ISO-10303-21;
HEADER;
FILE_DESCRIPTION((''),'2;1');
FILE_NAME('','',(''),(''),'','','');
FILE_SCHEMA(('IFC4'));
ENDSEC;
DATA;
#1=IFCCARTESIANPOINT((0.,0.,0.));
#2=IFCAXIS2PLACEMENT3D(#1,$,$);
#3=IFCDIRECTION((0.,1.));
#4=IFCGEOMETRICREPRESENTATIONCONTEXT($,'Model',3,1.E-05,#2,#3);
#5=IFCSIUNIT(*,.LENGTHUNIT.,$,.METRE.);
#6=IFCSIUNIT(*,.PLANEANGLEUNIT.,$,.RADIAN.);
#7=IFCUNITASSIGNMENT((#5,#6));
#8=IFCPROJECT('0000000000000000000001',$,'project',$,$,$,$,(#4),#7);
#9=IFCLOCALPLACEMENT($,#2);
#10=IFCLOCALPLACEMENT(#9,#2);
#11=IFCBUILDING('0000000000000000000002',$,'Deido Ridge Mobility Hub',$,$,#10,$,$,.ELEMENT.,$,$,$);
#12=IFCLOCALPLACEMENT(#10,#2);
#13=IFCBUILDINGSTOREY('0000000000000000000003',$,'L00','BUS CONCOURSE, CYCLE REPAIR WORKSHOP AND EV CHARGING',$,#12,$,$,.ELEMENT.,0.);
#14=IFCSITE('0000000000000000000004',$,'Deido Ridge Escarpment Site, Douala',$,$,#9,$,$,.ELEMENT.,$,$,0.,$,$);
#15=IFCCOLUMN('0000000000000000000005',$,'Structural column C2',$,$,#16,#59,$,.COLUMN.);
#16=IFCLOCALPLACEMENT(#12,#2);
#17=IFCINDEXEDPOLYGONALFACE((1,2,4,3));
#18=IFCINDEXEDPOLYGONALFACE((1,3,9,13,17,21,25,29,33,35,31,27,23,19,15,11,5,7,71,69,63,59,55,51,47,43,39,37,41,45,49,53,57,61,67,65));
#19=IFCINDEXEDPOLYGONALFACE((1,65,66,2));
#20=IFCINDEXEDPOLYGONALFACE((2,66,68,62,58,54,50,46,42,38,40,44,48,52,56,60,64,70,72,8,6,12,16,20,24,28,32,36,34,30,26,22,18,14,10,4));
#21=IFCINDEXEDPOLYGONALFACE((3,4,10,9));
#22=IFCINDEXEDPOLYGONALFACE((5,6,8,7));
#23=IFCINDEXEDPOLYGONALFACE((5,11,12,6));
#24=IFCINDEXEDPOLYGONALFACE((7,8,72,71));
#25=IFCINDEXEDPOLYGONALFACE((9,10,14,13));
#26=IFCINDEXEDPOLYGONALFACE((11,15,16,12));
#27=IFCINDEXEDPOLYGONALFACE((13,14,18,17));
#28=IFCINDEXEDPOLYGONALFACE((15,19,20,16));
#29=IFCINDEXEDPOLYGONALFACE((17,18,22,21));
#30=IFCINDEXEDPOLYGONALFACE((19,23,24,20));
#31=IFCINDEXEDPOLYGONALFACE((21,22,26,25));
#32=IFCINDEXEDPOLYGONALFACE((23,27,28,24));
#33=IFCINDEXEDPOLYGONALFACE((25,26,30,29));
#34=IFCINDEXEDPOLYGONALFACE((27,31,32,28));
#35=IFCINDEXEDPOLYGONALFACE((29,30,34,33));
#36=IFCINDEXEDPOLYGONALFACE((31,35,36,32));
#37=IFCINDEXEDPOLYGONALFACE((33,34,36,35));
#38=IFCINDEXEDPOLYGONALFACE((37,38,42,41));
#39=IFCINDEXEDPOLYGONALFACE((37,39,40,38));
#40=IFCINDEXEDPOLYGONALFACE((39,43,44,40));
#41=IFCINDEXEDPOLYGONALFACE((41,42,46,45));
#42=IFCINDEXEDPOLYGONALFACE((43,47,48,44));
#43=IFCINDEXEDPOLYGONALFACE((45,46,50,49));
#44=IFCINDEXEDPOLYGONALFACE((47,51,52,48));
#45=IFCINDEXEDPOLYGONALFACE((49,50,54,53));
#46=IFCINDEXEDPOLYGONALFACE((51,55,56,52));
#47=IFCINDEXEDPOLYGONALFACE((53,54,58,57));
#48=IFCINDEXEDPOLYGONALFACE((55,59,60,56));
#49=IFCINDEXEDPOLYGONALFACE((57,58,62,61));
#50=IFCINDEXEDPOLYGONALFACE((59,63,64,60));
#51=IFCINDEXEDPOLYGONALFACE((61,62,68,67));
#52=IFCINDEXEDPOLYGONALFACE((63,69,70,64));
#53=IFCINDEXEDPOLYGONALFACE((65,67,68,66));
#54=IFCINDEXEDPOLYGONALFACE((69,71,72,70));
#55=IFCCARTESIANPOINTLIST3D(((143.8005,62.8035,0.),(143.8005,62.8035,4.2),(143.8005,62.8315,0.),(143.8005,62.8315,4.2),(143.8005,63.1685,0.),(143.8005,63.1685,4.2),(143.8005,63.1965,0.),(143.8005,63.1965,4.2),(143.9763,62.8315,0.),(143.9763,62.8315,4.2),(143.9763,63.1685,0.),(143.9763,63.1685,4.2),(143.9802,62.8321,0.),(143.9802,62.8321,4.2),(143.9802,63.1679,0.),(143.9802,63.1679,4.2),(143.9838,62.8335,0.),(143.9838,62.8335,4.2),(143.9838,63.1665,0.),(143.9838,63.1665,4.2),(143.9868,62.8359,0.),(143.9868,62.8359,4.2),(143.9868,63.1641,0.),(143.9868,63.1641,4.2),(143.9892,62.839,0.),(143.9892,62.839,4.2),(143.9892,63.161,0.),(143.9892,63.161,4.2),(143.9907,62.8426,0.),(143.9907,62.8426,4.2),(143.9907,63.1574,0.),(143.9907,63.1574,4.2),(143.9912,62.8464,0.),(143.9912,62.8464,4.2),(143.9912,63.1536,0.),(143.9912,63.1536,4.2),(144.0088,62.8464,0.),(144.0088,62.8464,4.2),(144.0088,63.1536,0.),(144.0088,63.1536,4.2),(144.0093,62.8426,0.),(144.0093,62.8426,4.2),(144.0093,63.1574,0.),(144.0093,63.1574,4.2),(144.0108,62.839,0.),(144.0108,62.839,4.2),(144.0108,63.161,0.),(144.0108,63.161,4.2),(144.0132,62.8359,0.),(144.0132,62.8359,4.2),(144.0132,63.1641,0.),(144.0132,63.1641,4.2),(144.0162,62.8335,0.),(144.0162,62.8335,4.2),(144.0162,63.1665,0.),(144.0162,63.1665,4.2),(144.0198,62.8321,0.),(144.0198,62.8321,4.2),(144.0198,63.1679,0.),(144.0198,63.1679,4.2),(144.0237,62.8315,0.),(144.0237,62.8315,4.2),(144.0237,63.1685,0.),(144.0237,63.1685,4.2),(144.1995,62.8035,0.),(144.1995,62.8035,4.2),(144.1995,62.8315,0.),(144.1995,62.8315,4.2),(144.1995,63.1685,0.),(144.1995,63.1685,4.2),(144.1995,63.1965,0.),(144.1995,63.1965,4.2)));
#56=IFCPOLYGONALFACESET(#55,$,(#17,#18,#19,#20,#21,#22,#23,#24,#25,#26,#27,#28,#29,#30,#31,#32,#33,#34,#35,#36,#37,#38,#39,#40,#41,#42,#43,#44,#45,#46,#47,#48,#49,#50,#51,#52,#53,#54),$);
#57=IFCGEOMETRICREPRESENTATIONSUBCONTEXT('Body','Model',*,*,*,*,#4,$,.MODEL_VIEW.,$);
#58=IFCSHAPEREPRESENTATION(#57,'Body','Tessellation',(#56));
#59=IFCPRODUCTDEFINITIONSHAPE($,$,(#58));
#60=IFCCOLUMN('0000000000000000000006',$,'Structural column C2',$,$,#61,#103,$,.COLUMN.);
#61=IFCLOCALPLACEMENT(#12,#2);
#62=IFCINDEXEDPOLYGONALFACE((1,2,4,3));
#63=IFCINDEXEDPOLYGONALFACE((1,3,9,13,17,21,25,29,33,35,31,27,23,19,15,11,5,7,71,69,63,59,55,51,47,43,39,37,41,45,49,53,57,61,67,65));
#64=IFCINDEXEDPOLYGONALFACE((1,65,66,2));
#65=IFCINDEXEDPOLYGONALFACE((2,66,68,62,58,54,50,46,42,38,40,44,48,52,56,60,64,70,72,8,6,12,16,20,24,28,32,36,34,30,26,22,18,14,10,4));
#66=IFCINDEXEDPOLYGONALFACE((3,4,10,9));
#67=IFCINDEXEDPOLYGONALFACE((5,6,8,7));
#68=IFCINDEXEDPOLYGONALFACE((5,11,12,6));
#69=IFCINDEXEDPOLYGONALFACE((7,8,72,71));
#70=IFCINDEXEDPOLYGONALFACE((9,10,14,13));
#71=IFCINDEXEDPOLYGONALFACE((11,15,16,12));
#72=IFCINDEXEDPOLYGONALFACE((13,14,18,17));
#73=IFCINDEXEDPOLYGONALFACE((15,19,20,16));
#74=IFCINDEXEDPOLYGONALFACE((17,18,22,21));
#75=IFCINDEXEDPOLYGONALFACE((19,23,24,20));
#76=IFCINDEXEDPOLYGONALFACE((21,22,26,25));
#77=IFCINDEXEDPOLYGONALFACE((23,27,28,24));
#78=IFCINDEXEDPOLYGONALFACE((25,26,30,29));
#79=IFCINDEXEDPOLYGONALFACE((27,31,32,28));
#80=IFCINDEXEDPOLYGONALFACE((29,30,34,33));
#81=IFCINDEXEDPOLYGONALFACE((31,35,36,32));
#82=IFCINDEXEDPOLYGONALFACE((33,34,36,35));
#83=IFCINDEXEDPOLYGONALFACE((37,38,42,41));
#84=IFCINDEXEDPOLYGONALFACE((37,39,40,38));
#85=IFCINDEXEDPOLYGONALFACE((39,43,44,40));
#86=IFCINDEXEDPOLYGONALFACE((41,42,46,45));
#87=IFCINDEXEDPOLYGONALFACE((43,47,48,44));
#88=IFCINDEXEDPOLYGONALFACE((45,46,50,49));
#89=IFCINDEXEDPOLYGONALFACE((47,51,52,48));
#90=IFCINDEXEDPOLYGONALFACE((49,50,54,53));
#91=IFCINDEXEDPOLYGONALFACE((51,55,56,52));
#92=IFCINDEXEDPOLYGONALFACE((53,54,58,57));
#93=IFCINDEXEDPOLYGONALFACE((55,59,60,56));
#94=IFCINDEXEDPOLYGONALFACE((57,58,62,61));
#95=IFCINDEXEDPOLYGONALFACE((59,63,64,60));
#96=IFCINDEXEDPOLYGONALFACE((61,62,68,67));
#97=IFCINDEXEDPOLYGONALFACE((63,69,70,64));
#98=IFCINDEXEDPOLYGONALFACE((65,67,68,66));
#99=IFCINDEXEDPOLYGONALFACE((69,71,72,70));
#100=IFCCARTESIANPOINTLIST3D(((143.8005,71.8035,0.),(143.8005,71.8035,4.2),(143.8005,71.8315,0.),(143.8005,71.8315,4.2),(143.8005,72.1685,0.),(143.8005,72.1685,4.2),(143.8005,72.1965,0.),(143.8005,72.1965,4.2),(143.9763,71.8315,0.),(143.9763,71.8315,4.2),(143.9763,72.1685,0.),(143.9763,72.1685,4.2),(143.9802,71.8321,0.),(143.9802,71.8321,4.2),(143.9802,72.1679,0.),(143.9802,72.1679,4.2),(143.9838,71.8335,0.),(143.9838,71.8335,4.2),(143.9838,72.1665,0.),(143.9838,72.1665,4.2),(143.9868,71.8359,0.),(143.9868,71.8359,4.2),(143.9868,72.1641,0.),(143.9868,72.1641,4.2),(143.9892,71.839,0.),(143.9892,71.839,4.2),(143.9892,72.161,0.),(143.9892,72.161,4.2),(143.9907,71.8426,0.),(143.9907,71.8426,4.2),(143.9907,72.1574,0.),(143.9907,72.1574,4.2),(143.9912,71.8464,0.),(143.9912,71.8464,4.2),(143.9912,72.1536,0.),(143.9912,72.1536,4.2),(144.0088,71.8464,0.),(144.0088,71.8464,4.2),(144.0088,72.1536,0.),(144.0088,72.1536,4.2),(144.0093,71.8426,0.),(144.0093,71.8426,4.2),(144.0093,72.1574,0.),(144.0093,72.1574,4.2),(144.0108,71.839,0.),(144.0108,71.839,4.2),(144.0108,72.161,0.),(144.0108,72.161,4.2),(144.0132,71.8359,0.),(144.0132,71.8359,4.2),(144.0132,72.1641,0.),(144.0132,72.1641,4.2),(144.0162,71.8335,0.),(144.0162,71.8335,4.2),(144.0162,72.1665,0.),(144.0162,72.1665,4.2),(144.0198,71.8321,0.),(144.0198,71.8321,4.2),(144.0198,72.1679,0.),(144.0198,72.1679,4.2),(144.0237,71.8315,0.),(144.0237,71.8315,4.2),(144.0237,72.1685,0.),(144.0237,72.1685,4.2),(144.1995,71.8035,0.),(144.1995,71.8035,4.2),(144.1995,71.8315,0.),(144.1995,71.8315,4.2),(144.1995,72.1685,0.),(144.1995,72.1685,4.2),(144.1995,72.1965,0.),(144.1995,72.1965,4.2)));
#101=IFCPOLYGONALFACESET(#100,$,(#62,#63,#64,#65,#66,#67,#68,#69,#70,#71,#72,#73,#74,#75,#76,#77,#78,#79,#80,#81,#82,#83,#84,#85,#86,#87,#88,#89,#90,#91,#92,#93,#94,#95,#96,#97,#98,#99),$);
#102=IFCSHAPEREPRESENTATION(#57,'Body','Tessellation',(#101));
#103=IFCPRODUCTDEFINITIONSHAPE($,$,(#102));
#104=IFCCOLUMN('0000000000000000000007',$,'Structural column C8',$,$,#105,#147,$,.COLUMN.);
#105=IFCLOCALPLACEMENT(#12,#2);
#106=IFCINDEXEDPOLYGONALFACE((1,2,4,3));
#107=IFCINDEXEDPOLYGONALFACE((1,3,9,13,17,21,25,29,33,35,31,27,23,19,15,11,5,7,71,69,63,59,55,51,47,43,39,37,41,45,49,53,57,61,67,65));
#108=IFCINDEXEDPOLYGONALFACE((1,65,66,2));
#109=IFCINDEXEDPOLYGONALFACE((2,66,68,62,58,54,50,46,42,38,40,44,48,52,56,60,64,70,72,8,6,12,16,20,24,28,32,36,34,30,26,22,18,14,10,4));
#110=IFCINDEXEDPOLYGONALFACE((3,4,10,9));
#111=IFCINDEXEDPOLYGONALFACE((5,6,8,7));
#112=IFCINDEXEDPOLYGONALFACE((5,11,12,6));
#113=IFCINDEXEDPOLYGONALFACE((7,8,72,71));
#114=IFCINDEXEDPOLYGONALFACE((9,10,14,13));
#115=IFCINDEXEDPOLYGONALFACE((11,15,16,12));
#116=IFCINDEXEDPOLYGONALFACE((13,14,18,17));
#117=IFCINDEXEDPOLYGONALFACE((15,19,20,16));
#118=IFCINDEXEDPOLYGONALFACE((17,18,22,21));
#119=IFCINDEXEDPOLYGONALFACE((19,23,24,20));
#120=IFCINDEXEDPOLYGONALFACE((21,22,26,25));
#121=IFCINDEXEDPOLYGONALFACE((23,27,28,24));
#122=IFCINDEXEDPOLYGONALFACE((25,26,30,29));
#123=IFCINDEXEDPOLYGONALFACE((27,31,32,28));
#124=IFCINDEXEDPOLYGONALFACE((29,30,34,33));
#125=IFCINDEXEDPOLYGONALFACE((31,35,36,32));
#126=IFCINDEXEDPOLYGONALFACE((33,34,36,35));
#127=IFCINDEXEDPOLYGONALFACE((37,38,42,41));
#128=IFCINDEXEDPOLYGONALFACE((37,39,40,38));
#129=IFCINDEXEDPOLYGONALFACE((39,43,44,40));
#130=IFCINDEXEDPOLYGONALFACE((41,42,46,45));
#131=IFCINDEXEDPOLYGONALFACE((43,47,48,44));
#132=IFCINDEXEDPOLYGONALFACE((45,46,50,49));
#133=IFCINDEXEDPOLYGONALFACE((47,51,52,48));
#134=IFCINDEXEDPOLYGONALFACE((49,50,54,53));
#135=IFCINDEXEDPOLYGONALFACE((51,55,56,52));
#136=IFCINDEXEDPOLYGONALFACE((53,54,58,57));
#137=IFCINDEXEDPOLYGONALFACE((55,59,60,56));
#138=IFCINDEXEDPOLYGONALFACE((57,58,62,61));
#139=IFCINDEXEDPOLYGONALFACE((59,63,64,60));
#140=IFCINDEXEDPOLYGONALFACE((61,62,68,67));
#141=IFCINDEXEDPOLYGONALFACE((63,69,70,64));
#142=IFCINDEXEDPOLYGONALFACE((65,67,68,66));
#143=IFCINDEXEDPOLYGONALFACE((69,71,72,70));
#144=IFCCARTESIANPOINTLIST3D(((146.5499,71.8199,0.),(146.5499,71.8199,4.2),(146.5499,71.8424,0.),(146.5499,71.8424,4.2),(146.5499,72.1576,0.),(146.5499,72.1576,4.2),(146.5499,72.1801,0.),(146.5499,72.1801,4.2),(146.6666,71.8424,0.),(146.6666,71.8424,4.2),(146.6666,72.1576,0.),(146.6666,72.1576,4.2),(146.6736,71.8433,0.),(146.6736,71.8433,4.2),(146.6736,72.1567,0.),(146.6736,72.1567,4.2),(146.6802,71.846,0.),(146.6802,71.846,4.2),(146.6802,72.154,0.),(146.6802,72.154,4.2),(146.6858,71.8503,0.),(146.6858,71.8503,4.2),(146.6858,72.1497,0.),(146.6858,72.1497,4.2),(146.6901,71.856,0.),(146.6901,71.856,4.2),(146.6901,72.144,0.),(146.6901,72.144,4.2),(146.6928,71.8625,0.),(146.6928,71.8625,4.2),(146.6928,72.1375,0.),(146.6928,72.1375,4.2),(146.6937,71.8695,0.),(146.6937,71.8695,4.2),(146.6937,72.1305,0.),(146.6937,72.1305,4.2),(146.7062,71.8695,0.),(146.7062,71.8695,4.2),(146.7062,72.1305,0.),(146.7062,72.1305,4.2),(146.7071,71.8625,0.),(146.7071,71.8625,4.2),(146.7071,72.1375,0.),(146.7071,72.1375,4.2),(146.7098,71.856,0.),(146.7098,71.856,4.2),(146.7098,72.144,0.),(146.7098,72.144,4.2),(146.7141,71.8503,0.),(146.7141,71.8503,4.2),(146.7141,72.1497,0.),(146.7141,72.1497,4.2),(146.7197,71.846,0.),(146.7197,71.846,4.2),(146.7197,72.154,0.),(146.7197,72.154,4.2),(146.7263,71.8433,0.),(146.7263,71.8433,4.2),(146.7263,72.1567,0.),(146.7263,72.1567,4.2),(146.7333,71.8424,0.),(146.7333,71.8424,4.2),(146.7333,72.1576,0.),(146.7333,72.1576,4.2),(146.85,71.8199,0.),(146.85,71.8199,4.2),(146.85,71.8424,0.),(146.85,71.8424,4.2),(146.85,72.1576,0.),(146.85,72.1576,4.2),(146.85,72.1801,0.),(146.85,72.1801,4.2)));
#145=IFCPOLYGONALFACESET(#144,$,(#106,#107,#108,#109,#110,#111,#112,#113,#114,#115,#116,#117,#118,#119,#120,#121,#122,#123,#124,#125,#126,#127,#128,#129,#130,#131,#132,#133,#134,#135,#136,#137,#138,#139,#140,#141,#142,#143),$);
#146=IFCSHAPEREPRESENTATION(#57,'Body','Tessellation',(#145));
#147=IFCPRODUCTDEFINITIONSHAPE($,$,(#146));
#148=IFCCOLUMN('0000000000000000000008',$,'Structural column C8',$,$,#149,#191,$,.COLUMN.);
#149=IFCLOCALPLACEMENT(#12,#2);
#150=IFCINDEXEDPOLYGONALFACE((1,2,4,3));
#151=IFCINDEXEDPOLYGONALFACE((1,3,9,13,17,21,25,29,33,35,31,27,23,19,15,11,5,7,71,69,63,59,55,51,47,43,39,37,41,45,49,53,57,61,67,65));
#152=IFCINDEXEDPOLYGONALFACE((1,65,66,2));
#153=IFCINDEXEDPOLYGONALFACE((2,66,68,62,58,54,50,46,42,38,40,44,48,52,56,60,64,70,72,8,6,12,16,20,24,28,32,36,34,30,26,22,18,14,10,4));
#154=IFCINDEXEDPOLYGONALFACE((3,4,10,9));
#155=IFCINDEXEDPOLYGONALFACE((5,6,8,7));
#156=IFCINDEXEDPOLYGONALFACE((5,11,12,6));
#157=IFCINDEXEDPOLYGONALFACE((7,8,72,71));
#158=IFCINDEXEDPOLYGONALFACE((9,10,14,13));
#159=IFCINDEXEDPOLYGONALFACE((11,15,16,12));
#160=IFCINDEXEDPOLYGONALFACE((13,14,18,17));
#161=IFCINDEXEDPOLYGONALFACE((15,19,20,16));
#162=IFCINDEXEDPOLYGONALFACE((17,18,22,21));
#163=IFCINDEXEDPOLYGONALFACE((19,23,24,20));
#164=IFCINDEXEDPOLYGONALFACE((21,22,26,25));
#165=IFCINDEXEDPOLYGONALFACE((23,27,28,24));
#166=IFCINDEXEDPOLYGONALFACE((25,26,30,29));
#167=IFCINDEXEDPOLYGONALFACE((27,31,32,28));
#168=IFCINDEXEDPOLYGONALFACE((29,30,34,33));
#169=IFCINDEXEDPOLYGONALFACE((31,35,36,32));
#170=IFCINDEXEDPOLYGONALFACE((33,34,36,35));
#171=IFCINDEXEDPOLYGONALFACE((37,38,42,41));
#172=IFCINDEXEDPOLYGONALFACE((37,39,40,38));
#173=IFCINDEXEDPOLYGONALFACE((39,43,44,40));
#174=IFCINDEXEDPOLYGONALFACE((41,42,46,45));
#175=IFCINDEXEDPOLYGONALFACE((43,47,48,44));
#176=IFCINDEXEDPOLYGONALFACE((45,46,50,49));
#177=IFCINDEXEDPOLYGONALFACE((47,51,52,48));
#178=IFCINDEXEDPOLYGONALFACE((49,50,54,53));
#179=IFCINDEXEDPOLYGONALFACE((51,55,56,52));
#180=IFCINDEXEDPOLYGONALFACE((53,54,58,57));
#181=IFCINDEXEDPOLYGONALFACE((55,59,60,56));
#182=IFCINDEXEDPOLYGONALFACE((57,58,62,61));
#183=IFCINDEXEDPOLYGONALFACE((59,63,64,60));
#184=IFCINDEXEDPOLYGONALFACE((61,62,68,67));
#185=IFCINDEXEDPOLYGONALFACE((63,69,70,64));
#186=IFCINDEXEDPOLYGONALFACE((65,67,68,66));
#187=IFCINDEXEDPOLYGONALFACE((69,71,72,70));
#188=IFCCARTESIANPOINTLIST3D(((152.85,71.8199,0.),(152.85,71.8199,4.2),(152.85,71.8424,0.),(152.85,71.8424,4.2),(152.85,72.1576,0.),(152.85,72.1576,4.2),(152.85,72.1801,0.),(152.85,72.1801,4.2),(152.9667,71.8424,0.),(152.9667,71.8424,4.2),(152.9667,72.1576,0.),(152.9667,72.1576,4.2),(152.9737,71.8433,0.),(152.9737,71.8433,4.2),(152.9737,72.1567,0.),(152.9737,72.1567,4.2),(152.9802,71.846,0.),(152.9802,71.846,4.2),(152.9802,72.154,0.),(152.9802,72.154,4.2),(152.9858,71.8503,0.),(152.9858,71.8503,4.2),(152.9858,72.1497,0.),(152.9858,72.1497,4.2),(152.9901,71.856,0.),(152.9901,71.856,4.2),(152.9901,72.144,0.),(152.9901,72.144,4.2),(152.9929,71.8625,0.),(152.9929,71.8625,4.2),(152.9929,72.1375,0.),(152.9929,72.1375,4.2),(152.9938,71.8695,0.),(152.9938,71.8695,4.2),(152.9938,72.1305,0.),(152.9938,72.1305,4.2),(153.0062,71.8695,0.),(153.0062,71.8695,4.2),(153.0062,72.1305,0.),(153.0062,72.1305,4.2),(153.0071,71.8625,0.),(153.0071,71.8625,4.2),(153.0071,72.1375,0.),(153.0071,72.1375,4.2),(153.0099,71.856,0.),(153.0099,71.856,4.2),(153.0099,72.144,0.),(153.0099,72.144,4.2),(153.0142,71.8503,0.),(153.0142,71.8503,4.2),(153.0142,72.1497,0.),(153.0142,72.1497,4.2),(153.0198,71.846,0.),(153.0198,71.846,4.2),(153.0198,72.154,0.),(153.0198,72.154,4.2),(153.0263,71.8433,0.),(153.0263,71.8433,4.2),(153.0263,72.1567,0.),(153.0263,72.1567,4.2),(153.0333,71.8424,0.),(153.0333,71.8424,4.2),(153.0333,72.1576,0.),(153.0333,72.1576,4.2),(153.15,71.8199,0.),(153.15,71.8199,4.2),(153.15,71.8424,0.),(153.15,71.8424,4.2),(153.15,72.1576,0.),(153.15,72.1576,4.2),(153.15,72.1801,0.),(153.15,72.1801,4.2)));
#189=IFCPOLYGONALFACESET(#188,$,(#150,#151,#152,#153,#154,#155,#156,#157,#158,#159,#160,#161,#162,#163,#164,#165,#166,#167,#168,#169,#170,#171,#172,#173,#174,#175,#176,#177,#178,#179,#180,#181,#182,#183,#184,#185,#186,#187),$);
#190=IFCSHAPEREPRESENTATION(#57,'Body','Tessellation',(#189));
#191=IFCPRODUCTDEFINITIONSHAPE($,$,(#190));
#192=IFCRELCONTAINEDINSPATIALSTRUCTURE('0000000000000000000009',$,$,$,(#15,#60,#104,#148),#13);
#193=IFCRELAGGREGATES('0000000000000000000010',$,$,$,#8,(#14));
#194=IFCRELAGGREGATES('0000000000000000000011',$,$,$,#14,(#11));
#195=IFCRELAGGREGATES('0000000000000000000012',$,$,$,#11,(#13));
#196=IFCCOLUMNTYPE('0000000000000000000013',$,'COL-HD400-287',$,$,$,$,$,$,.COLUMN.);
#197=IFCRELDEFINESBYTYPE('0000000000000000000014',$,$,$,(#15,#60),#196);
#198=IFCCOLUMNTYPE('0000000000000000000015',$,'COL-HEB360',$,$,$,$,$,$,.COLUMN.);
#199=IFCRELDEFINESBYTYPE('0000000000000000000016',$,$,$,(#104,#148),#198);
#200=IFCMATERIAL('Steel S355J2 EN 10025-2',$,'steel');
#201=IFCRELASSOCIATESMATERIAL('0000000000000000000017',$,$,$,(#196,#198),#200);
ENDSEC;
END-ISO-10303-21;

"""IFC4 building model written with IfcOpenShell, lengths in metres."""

from ifc_helpers import new_model, si_unit, direction, frame, origin, origin_2d, place, context, subcontext, project, spatial, i_section, extrude, material, material_profile, profile_set, type_object, element, save


model = new_model("IFC4")

# Units and contexts
model_context = context("Model", 3, precision=1e-05, world=origin(), true_north=direction((0.0, 1.0)))
body_context = subcontext(model_context, "Body", "Model", "MODEL_VIEW")
ifc_project = project(units=[si_unit("LENGTHUNIT", "METRE"), si_unit("PLANEANGLEUNIT", "RADIAN")], contexts=[model_context])

# Site, building, storey
site_placement = place(None, origin())
site = spatial("IfcSite", under=ifc_project, at=site_placement, Name="Deido Ridge Escarpment Site, Douala", CompositionType="ELEMENT", RefElevation=0.0)
building_placement = place(site_placement, origin())
building = spatial("IfcBuilding", under=site, at=building_placement, Name="Deido Ridge Mobility Hub", CompositionType="ELEMENT")
storey_placement = place(building_placement, origin())
storey = spatial("IfcBuildingStorey", under=building, at=storey_placement, Name="L00", Description="BUS CONCOURSE, CYCLE REPAIR WORKSHOP AND EV CHARGING", CompositionType="ELEMENT", Elevation=0.0)

# Columns
ifc_material_1 = material(Name="Steel S355J2 EN 10025-2", Category="steel")
ifc_material_profile_1 = material_profile(ifc_material_1, i_section(OverallWidth=0.3989, OverallDepth=0.3931, WebThickness=0.0176, FlangeThickness=0.0281, FilletRadius=0.0149, at=origin_2d()), Name="HD 400x287")
ifc_profile_set_1 = profile_set([ifc_material_profile_1], Name="Steel S355J2 EN 10025-2")
column_type_1 = type_object("IfcColumnType", Name="COL-HD400-287", PredefinedType="COLUMN", material=ifc_profile_set_1)
for number, where, z_axis, x_axis, name in (
    (1, (144.0, 63.0, 0.0), (0.0, 0.0, 1.0), (1.0, 0.0, 0.0), "Structural column C2"),
    (2, (144.0, 72.0, 0.0), (0.0, 0.0, 1.0), (1.0, 0.0, 0.0), "Structural column C2"),
):
    element("IfcColumn", number, at=place(storey_placement, frame(where, z_axis=z_axis, x_axis=x_axis)), inside=storey, type_object=column_type_1, Name=name, PredefinedType="COLUMN", context=body_context, shape_type="SweptSolid", body=[
        extrude(i_section(OverallWidth=0.3989, OverallDepth=0.3931, WebThickness=0.0176, FlangeThickness=0.0281, FilletRadius=0.0149, at=origin_2d()), origin(), (0.0, 0.0, 1.0), 4.2),
    ])
ifc_material_profile_2 = material_profile(ifc_material_1, i_section(OverallWidth=0.3, OverallDepth=0.3601, WebThickness=0.0125, FlangeThickness=0.0225, FilletRadius=0.0271, at=origin_2d()), Name="HEB 360")
ifc_profile_set_2 = profile_set([ifc_material_profile_2], Name="Steel S355J2 EN 10025-2")
column_type_2 = type_object("IfcColumnType", Name="COL-HEB360", PredefinedType="COLUMN", material=ifc_profile_set_2)
for number, where, z_axis, x_axis, name in (
    (3, (146.7, 72.0, 0.0), (0.0, 0.0, 1.0), (1.0, 0.0, 0.0), "Structural column C8"),
    (4, (153.0, 72.0, 0.0), (0.0, 0.0, 1.0), (1.0, 0.0, 0.0), "Structural column C8"),
):
    element("IfcColumn", number, at=place(storey_placement, frame(where, z_axis=z_axis, x_axis=x_axis)), inside=storey, type_object=column_type_2, Name=name, PredefinedType="COLUMN", context=body_context, shape_type="SweptSolid", body=[
        extrude(i_section(OverallWidth=0.3, OverallDepth=0.3601, WebThickness=0.0125, FlangeThickness=0.0225, FilletRadius=0.0271, at=origin_2d()), origin(), (0.0, 0.0, 1.0), 4.2),
    ])

save(model, "model.ifc")
